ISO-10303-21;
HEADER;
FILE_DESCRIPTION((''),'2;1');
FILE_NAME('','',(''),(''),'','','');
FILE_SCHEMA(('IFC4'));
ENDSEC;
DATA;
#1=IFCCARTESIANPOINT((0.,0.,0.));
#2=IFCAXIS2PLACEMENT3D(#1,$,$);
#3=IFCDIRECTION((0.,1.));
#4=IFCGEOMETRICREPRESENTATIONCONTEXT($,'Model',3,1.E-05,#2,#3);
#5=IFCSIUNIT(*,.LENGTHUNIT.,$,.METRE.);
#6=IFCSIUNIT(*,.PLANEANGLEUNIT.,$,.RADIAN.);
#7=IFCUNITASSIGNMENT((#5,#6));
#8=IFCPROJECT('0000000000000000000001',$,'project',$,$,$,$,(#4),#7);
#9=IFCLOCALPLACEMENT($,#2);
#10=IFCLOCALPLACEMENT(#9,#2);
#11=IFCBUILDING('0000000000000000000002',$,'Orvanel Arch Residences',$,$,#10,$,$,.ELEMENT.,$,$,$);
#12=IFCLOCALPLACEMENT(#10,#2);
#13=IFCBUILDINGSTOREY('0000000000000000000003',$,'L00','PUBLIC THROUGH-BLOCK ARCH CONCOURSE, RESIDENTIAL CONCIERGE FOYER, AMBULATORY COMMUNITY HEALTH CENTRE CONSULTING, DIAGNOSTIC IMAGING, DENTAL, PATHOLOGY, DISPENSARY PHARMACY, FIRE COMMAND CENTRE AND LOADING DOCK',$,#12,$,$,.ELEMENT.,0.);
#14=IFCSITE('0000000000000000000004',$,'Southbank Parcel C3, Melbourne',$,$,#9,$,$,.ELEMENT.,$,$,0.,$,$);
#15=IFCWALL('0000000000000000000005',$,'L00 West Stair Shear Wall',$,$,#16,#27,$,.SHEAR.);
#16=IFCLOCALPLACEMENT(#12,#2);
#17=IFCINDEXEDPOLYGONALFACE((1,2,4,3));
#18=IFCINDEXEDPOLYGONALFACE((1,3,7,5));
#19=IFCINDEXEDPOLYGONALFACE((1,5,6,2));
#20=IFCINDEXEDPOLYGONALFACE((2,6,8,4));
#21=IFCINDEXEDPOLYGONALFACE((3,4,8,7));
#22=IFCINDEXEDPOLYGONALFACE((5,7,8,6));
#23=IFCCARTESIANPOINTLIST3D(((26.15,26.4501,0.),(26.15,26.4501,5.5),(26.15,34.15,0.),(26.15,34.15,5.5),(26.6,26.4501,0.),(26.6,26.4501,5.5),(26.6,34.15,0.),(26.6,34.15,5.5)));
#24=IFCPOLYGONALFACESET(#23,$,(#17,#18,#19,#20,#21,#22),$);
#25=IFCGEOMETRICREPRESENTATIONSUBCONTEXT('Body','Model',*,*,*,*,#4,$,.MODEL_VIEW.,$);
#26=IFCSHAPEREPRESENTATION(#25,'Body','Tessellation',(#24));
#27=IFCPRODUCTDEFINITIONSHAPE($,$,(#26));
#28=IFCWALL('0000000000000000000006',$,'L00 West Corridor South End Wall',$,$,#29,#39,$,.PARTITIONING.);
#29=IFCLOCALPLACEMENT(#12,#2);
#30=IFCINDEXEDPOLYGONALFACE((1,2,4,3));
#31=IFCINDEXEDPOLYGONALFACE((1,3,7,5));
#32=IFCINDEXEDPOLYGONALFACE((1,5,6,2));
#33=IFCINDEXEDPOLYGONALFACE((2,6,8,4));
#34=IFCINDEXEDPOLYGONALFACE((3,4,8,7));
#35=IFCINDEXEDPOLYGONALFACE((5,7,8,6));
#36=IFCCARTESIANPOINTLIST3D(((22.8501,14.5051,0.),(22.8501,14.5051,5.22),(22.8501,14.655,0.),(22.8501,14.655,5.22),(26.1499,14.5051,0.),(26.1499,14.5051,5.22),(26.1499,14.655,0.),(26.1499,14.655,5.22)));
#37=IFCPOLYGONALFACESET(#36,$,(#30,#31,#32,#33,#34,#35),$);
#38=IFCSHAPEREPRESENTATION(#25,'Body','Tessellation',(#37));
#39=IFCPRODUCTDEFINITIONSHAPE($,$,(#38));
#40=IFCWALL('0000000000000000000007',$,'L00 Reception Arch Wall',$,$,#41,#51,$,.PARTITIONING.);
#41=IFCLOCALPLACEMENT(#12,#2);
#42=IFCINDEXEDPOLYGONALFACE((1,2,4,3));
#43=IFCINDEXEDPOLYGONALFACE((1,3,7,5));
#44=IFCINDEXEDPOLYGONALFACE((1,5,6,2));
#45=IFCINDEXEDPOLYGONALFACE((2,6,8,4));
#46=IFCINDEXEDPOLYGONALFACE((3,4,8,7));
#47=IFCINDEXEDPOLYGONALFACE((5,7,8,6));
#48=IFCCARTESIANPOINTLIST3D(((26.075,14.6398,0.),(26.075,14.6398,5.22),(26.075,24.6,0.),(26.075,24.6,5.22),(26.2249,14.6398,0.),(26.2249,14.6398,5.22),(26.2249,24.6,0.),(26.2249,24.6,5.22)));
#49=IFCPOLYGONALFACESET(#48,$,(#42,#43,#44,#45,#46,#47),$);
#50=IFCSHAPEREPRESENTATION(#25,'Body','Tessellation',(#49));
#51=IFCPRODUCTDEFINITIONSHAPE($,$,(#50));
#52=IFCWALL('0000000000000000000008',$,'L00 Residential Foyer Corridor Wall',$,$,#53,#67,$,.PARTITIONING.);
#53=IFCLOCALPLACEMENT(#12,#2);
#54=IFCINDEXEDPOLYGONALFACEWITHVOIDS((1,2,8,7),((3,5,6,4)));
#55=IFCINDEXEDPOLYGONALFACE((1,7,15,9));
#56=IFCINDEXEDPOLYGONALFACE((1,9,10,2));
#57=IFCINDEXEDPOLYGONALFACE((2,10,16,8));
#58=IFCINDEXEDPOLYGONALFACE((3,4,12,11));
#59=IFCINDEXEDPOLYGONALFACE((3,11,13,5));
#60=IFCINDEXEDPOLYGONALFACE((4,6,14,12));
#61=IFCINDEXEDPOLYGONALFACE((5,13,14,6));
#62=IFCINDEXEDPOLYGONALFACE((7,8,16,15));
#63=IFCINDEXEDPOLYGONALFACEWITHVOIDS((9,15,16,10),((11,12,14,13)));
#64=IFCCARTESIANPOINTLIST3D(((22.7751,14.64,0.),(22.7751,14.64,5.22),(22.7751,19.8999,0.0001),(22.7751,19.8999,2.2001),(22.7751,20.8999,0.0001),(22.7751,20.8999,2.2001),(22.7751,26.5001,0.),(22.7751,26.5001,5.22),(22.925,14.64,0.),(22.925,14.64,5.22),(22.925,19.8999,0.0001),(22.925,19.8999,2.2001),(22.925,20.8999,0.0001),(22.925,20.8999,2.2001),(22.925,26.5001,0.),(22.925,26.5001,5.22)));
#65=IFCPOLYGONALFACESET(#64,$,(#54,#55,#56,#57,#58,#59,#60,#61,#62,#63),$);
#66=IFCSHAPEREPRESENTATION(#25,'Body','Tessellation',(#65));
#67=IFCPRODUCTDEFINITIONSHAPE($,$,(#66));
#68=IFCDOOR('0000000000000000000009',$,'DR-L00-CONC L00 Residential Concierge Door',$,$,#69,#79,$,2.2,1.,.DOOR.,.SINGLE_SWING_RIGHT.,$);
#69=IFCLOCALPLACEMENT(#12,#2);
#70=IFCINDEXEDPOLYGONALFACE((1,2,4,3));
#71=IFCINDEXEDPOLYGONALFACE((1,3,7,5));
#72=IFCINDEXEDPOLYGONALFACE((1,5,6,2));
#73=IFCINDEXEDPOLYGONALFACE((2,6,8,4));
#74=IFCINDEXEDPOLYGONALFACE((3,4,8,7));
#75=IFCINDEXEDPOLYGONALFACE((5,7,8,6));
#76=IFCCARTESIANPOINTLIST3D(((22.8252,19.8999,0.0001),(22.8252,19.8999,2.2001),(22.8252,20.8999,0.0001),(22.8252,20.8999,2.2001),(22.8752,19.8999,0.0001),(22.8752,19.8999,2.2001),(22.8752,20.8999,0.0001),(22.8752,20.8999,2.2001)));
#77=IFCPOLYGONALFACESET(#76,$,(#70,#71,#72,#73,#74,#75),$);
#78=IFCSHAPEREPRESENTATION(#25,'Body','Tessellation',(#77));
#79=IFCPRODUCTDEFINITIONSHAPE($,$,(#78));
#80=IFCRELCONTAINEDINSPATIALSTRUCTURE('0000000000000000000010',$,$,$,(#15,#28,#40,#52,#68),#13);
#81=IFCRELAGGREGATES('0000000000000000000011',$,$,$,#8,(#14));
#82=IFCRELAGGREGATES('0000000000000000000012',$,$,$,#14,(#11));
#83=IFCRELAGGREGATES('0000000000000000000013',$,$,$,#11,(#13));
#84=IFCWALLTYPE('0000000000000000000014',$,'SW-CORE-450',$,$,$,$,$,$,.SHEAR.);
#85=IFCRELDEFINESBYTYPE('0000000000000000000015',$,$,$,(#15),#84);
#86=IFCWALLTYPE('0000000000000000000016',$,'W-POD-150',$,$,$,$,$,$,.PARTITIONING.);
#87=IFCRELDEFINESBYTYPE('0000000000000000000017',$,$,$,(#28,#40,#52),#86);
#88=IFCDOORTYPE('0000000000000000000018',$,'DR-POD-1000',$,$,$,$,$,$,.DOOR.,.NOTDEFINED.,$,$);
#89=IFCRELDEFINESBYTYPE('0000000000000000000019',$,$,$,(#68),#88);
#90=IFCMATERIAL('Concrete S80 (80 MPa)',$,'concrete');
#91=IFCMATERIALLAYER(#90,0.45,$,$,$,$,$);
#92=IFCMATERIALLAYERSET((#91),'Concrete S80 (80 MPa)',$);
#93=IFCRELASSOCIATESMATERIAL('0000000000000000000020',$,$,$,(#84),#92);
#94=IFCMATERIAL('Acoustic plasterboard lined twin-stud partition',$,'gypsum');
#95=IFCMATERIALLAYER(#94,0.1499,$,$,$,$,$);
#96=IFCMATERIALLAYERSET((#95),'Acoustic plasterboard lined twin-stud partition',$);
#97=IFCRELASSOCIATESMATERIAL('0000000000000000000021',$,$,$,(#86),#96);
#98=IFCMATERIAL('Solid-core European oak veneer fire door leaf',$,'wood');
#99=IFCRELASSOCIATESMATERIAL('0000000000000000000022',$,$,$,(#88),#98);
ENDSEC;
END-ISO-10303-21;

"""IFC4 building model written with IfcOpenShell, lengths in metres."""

from ifc_helpers import new_model, si_unit, direction, frame, frame_2d, origin, place, context, subcontext, project, spatial, rectangle, extrude, material, layer, layer_set, type_object, element, fill, save


model = new_model("IFC4")

# Units and contexts
model_context = context("Model", 3, precision=1e-05, world=origin(), true_north=direction((0.0, 1.0)))
body_context = subcontext(model_context, "Body", "Model", "MODEL_VIEW")
ifc_project = project(units=[si_unit("LENGTHUNIT", "METRE"), si_unit("PLANEANGLEUNIT", "RADIAN")], contexts=[model_context])

# Site, building, storey
site_placement = place(None, origin())
site = spatial("IfcSite", under=ifc_project, at=site_placement, Name="Southbank Parcel C3, Melbourne", CompositionType="ELEMENT", RefElevation=0.0)
building_placement = place(site_placement, origin())
building = spatial("IfcBuilding", under=site, at=building_placement, Name="Orvanel Arch Residences", CompositionType="ELEMENT")
storey_placement = place(building_placement, origin())
storey = spatial("IfcBuildingStorey", under=building, at=storey_placement, Name="L00", Description="PUBLIC THROUGH-BLOCK ARCH CONCOURSE, RESIDENTIAL CONCIERGE FOYER, AMBULATORY COMMUNITY HEALTH CENTRE CONSULTING, DIAGNOSTIC IMAGING, DENTAL, PATHOLOGY, DISPENSARY PHARMACY, FIRE COMMAND CENTRE AND LOADING DOCK", CompositionType="ELEMENT", Elevation=0.0)

# Walls
ifc_material_1 = material(Name="Concrete S80 (80 MPa)", Category="concrete")
ifc_layer_1 = layer(ifc_material_1, 0.45)
ifc_layer_set_1 = layer_set([ifc_layer_1], Name="Concrete S80 (80 MPa)")
wall_type_1 = type_object("IfcWallType", Name="SW-CORE-450", PredefinedType="SHEAR", material=ifc_layer_set_1)
wall_1_placement = place(storey_placement, frame((26.375, 26.45, 0.0), z_axis=(0.0, 0.0, 1.0), x_axis=(0.0, 1.0, 0.0)))
element("IfcWall", 1, at=wall_1_placement, inside=storey, type_object=wall_type_1, Name="L00 West Stair Shear Wall", PredefinedType="SHEAR", context=body_context, shape_type="SweptSolid", body=[
    extrude(rectangle(XDim=7.7, YDim=0.45, at=frame_2d((3.8501, 0.0))), origin(), (0.0, 0.0, 1.0), 5.5),
])
ifc_material_2 = material(Name="Acoustic plasterboard lined twin-stud partition", Category="gypsum")
ifc_layer_2 = layer(ifc_material_2, 0.1499)
ifc_layer_set_2 = layer_set([ifc_layer_2], Name="Acoustic plasterboard lined twin-stud partition")
wall_type_2 = type_object("IfcWallType", Name="W-POD-150", PredefinedType="PARTITIONING", material=ifc_layer_set_2)
wall_2_placement = place(storey_placement, frame((22.8501, 14.5801, 0.0), z_axis=(0.0, 0.0, 1.0), x_axis=(1.0, 0.0, 0.0)))
element("IfcWall", 2, at=wall_2_placement, inside=storey, type_object=wall_type_2, Name="L00 West Corridor South End Wall", PredefinedType="PARTITIONING", context=body_context, shape_type="SweptSolid", body=[
    extrude(rectangle(XDim=3.2998, YDim=0.1499, at=frame_2d((1.6499, 0.0))), origin(), (0.0, 0.0, 1.0), 5.22),
])
wall_3_placement = place(storey_placement, frame((26.1499, 14.6399, 0.0), z_axis=(0.0, 0.0, 1.0), x_axis=(0.0, 1.0, 0.0)))
element("IfcWall", 3, at=wall_3_placement, inside=storey, type_object=wall_type_2, Name="L00 Reception Arch Wall", PredefinedType="PARTITIONING", context=body_context, shape_type="SweptSolid", body=[
    extrude(rectangle(XDim=9.9602, YDim=0.1499, at=frame_2d((4.98, 0.0))), origin(), (0.0, 0.0, 1.0), 5.22),
])

# Wall, opening, door
wall_4_placement = place(storey_placement, frame((22.8501, 14.6399, 0.0), z_axis=(0.0, 0.0, 1.0), x_axis=(0.0, 1.0, 0.0)))
wall_4 = element("IfcWall", 4, at=wall_4_placement, inside=storey, type_object=wall_type_2, Name="L00 Residential Foyer Corridor Wall", PredefinedType="PARTITIONING", context=body_context, shape_type="SweptSolid", body=[
    extrude(rectangle(XDim=11.8601, YDim=0.1499, at=frame_2d((5.9302, 0.0))), origin(), (0.0, 0.0, 1.0), 5.22),
])
opening_placement = place(wall_4_placement, frame((5.26, 0.0, 0.0)))
opening = element("IfcOpeningElement", 5, at=opening_placement, cuts=wall_4, PredefinedType="OPENING", context=body_context, shape_type="SweptSolid", body=[
    extrude(rectangle(XDim=1.0, YDim=2.2, at=frame_2d((0.5, 1.1001))), frame((0.0, 0.085, 0.0), z_axis=(0.0, -1.0, 0.0), x_axis=(1.0, 0.0, 0.0)), (0.0, 0.0, 1.0), 0.1699),
])
ifc_material_3 = material(Name="Solid-core European oak veneer fire door leaf", Category="wood")
door_type = type_object("IfcDoorType", Name="DR-POD-1000", OperationType="NOTDEFINED", PredefinedType="DOOR", material=ifc_material_3)
door_placement = place(opening_placement, origin())
door = element("IfcDoor", 6, at=door_placement, inside=storey, type_object=door_type, Name="DR-L00-CONC L00 Residential Concierge Door", OperationType="SINGLE_SWING_RIGHT", OverallHeight=2.2, OverallWidth=1.0, PredefinedType="DOOR", context=body_context, shape_type="SweptSolid", body=[
    extrude(rectangle(XDim=1.0, YDim=2.2, at=frame_2d((0.5, 1.1001))), frame((0.0, 0.0249, 0.0), z_axis=(0.0, -1.0, 0.0), x_axis=(1.0, 0.0, 0.0)), (0.0, 0.0, 1.0), 0.05),
])
fill(opening, door)

save(model, "model.ifc")
